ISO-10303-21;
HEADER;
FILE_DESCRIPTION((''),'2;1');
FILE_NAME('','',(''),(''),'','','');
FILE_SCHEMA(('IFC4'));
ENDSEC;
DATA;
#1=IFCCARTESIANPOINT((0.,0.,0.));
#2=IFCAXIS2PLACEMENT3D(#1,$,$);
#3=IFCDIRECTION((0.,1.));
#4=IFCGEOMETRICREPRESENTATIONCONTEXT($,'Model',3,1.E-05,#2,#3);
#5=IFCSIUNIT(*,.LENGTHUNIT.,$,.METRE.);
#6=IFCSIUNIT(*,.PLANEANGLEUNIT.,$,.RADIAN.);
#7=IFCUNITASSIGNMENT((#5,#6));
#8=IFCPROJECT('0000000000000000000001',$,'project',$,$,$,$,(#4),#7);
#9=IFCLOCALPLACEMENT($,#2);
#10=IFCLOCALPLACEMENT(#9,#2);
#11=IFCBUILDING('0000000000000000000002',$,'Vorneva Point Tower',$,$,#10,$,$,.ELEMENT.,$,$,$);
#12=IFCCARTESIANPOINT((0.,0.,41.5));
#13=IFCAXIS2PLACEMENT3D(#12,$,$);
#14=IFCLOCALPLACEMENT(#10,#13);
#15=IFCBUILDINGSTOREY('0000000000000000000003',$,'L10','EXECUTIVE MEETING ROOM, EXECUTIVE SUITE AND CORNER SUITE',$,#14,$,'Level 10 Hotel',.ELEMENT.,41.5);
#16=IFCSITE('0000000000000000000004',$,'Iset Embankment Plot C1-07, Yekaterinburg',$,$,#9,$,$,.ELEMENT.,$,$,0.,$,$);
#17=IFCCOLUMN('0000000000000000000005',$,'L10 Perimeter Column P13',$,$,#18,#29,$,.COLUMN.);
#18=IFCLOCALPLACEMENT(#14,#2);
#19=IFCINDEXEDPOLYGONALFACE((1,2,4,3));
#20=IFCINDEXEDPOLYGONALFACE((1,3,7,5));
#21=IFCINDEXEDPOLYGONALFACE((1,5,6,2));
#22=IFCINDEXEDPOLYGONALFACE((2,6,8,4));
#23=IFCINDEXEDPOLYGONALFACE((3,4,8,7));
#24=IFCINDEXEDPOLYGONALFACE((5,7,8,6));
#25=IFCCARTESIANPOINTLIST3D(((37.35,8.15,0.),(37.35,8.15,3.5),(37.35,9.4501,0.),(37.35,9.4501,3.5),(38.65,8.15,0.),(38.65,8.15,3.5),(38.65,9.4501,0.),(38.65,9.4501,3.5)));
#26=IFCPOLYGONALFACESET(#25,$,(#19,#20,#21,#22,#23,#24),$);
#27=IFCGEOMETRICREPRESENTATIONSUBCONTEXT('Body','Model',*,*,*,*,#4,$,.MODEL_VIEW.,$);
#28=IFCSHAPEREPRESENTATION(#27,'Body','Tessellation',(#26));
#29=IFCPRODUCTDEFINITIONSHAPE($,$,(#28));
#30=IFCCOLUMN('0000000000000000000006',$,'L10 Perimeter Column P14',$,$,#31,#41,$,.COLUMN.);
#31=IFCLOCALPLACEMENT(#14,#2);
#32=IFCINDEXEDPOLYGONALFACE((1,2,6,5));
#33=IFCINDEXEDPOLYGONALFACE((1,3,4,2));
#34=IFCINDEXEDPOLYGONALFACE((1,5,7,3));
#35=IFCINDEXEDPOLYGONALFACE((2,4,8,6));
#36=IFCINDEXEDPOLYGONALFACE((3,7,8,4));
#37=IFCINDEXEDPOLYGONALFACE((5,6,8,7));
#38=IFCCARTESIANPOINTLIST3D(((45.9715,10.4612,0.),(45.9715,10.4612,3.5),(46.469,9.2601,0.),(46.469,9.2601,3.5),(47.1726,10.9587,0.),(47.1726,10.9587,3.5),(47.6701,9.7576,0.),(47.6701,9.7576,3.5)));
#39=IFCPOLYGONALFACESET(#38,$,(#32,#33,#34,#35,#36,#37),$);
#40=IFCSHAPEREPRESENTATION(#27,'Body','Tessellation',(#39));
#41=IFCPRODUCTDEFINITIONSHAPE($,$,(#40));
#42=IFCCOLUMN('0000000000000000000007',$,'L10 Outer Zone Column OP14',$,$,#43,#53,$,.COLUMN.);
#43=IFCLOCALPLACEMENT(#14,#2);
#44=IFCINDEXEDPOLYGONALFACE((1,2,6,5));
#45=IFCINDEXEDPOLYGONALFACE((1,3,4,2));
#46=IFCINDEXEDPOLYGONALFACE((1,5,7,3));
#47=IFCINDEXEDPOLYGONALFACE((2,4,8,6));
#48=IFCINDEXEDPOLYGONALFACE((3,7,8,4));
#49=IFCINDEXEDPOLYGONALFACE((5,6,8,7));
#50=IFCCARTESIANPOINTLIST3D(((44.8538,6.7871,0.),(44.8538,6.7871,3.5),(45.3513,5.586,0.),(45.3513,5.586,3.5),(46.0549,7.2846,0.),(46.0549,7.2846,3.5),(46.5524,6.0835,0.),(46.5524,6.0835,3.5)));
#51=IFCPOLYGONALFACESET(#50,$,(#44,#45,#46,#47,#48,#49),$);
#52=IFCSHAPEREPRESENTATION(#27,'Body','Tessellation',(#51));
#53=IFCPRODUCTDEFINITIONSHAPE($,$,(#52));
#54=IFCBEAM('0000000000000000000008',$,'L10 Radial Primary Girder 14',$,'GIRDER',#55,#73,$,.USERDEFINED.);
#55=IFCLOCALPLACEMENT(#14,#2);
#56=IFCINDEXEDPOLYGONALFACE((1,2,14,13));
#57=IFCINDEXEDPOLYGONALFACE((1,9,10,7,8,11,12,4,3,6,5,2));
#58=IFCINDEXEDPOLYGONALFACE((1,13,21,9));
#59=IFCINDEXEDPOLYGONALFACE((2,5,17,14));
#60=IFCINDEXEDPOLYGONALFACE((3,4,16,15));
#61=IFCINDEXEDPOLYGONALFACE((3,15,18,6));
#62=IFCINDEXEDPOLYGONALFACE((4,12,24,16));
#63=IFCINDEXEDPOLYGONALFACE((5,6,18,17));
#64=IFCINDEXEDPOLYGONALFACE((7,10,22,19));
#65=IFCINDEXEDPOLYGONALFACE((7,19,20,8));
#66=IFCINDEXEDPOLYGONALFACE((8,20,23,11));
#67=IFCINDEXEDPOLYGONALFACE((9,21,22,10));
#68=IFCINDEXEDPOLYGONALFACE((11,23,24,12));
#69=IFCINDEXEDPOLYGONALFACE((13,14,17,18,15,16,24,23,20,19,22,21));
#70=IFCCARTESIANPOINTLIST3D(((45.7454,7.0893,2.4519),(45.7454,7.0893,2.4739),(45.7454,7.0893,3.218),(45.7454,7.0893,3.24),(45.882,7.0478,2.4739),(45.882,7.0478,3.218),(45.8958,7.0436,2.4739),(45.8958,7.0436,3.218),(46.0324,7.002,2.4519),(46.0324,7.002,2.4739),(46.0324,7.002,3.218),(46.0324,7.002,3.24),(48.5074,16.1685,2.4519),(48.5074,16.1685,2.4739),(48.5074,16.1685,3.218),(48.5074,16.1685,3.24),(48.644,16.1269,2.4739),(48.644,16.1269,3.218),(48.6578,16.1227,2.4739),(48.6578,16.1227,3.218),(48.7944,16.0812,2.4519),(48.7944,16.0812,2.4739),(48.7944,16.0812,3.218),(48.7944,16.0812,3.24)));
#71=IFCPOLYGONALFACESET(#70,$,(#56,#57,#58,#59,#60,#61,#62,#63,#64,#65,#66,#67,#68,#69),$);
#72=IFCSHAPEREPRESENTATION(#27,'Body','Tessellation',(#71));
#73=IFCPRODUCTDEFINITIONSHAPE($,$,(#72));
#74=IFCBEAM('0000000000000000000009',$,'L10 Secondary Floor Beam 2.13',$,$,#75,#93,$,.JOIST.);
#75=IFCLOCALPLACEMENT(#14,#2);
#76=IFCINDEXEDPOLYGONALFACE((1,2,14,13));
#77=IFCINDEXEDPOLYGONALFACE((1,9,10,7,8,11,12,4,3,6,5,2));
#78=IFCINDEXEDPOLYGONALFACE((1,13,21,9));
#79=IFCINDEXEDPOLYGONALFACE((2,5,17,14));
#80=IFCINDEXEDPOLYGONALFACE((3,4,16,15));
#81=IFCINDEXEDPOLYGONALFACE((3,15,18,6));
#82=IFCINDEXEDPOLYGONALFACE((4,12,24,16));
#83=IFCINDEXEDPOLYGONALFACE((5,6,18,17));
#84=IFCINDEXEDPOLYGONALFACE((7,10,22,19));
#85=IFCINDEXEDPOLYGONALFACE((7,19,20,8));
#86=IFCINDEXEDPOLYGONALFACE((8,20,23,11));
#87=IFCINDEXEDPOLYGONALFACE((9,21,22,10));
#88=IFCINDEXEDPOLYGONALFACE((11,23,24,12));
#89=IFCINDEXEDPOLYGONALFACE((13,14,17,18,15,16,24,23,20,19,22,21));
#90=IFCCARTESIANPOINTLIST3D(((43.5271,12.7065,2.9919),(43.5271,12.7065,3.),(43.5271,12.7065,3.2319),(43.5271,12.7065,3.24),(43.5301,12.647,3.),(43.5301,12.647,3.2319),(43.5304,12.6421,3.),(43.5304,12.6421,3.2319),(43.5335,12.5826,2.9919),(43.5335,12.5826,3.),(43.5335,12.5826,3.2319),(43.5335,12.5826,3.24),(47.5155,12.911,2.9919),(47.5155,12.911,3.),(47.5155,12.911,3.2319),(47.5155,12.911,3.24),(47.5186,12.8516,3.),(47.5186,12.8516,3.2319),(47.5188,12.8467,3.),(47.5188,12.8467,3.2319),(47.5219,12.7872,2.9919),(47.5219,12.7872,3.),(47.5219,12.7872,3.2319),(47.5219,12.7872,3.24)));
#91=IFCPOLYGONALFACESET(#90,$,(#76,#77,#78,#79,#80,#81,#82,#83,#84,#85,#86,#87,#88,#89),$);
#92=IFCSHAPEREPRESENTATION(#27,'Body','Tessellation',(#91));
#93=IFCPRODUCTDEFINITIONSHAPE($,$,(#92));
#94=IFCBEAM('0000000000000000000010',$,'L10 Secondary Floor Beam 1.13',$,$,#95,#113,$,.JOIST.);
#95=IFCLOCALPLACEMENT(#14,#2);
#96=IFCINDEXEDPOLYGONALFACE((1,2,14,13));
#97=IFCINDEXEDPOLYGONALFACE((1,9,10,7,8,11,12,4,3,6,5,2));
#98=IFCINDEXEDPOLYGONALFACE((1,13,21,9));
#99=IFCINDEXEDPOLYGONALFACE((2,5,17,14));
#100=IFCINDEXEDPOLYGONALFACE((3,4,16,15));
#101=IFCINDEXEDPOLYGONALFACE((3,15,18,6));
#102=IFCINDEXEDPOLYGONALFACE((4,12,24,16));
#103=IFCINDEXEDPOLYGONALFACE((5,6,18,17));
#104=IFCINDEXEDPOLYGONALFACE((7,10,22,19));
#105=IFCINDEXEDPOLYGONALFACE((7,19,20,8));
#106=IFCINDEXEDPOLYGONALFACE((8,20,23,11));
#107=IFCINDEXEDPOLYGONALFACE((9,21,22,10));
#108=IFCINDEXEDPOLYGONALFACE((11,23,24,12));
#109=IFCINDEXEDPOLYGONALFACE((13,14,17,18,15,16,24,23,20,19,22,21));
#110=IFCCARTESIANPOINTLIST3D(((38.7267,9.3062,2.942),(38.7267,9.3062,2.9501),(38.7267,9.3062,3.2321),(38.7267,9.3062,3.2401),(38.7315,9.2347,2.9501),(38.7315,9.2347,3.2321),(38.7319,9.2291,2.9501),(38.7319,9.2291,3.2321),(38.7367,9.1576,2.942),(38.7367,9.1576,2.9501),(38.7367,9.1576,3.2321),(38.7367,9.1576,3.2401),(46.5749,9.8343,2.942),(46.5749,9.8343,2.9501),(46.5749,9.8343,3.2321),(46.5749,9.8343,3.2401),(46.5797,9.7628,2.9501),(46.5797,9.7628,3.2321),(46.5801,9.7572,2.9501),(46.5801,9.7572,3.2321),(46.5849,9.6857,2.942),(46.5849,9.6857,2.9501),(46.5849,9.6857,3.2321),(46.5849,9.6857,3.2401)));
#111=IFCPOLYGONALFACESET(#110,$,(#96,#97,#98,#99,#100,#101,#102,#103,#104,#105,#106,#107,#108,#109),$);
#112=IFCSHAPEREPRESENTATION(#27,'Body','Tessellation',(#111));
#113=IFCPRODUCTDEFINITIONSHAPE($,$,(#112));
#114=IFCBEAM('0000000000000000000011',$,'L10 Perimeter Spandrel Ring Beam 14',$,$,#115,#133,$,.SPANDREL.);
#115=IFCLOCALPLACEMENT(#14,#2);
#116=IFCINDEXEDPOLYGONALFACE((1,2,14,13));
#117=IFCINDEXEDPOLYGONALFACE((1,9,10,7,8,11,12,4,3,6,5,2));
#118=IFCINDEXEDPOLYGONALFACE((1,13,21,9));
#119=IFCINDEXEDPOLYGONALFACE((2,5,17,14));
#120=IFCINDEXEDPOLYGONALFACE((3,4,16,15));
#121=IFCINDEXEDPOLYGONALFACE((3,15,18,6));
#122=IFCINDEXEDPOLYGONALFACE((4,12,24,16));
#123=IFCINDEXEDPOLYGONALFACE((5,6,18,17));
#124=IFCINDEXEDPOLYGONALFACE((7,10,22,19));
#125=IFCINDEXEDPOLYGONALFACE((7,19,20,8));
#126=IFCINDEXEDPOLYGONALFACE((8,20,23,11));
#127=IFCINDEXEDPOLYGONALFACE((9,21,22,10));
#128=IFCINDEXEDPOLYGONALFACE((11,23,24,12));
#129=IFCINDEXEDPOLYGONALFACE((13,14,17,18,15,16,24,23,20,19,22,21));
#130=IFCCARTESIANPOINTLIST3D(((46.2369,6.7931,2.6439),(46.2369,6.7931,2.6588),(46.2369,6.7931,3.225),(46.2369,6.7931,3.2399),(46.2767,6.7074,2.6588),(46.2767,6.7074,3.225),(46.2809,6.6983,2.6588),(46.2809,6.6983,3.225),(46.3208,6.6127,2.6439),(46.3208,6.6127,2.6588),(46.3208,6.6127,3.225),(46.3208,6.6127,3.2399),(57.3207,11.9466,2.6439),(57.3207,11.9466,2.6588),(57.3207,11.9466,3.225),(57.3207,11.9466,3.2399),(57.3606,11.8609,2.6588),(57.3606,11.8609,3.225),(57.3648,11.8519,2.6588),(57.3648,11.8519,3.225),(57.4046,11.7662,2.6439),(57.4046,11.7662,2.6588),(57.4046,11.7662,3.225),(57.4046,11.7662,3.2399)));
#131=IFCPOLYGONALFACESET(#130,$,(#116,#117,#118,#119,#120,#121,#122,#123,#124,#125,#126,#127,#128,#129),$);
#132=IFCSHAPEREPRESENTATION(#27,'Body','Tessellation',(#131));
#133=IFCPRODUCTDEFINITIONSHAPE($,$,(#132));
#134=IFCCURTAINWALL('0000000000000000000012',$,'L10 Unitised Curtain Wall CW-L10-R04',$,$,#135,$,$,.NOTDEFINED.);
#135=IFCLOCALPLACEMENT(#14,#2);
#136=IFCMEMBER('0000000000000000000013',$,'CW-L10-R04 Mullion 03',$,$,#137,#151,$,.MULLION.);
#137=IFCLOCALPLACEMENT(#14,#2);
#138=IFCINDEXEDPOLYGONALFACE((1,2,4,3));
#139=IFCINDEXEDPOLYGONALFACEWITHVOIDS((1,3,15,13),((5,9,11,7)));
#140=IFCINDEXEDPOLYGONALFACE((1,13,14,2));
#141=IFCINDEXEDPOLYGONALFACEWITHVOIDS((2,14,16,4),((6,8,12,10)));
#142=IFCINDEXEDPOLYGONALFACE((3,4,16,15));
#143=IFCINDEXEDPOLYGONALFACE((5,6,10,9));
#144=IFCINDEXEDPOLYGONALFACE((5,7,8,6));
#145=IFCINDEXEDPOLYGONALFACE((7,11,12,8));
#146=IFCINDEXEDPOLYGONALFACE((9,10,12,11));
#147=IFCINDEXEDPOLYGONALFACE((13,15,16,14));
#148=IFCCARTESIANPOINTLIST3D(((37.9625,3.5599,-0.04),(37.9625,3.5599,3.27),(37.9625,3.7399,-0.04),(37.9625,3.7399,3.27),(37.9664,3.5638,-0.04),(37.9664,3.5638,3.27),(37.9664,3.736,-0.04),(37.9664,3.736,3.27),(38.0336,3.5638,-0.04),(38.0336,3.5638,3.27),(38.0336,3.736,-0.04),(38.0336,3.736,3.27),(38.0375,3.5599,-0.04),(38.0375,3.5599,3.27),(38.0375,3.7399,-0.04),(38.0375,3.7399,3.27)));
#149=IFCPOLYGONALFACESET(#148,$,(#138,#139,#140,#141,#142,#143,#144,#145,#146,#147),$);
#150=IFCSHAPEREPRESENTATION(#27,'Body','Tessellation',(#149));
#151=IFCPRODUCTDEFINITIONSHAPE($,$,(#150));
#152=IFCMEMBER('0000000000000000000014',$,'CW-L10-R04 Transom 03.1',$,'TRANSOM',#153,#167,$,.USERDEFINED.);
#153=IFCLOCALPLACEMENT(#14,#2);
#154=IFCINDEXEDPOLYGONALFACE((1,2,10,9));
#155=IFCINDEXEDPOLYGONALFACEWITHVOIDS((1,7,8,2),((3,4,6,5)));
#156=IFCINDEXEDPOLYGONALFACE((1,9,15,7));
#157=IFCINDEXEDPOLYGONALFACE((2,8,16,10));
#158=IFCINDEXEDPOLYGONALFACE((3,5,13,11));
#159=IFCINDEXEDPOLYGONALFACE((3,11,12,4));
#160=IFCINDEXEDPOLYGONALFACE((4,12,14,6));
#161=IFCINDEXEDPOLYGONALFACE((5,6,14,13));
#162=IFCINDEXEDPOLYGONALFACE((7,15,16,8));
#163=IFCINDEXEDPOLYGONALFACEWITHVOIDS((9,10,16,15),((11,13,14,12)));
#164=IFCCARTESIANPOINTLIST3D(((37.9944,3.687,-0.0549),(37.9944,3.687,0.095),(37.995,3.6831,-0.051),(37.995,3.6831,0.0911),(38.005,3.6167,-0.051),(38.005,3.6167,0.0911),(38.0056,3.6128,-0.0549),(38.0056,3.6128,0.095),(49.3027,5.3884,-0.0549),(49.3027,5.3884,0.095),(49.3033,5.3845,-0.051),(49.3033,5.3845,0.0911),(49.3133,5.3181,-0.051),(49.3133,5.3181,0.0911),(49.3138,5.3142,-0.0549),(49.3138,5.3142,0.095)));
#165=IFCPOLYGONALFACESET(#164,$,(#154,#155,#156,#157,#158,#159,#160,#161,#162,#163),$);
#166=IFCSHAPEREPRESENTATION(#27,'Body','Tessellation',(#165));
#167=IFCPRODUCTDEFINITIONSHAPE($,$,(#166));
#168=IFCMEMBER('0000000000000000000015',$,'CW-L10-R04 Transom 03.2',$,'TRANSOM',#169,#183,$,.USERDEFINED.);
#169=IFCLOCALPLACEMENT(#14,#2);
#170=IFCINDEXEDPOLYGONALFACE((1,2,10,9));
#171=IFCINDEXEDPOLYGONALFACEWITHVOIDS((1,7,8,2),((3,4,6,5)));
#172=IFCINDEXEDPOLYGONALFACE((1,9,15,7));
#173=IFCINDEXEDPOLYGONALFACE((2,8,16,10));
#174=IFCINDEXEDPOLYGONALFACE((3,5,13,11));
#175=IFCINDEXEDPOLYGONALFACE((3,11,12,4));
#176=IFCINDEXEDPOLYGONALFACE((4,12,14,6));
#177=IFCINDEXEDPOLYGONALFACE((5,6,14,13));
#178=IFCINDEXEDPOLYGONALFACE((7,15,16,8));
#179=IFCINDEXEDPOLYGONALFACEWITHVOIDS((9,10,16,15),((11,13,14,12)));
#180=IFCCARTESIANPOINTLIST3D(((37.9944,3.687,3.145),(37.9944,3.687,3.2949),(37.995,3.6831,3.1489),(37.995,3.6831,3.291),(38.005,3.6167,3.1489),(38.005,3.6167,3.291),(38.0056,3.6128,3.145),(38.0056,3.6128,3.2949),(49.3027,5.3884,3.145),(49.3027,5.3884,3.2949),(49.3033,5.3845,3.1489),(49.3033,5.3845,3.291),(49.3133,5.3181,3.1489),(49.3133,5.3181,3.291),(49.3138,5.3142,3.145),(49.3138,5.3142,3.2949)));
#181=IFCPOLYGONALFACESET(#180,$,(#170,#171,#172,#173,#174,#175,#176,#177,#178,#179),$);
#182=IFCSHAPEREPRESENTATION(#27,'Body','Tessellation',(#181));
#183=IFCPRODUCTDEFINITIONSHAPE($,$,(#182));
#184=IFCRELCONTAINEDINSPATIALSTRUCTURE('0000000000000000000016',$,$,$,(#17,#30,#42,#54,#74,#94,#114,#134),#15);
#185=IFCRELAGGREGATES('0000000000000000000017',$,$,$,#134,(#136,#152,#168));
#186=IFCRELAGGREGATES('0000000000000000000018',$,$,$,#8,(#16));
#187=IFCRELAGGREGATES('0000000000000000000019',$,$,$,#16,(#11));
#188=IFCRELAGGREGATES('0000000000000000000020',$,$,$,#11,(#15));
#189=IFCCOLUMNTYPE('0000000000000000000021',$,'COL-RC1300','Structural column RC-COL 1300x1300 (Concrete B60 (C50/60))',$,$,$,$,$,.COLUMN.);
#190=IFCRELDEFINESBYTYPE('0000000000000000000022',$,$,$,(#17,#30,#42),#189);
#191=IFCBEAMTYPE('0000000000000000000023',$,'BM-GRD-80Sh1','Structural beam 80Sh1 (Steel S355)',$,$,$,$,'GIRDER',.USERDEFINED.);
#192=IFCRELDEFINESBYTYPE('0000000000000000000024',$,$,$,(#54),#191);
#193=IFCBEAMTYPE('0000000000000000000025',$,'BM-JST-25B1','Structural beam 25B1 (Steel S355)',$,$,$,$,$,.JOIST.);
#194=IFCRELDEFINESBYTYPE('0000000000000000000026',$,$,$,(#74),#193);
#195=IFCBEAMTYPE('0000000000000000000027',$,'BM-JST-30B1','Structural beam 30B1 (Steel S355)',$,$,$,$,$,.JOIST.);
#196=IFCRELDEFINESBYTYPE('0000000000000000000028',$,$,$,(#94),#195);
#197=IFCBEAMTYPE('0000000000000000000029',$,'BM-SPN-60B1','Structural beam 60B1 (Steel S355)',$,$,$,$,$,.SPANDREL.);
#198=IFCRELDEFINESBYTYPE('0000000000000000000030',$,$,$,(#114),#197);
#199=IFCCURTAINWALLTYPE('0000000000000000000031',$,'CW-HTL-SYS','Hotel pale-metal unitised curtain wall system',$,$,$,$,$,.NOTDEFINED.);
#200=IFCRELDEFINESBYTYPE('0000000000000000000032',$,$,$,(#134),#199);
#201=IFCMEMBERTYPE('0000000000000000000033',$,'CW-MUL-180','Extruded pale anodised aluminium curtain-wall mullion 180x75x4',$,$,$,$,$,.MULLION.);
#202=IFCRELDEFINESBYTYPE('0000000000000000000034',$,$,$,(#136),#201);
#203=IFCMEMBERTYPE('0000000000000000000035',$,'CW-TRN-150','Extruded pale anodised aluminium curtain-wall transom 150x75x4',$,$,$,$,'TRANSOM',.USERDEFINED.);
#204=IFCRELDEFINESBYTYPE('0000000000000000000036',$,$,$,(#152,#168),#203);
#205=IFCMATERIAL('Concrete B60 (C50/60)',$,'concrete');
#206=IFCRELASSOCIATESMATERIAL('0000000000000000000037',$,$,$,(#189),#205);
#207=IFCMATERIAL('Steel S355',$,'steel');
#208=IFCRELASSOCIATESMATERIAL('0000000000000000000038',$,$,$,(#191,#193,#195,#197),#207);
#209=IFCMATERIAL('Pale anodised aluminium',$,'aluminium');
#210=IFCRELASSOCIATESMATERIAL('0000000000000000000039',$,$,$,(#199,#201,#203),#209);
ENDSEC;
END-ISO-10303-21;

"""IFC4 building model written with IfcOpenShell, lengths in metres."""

from ifc_helpers import new_model, si_unit, direction, frame, origin, origin_2d, place, context, subcontext, project, spatial, rectangle, hollow_rectangle, i_section, extrude, material, material_profile, profile_set, type_object, element, aggregate, save


model = new_model("IFC4")

# Units and contexts
model_context = context("Model", 3, precision=1e-05, world=origin(), true_north=direction((0.0, 1.0)))
body_context = subcontext(model_context, "Body", "Model", "MODEL_VIEW")
ifc_project = project(units=[si_unit("LENGTHUNIT", "METRE"), si_unit("PLANEANGLEUNIT", "RADIAN")], contexts=[model_context])

# Site, building, storey
site_placement = place(None, origin())
site = spatial("IfcSite", under=ifc_project, at=site_placement, Name="Iset Embankment Plot C1-07, Yekaterinburg", CompositionType="ELEMENT", RefElevation=0.0)
building_placement = place(site_placement, origin())
building = spatial("IfcBuilding", under=site, at=building_placement, Name="Vorneva Point Tower", CompositionType="ELEMENT")
storey_placement = place(building_placement, frame((0.0, 0.0, 41.5)))
storey = spatial("IfcBuildingStorey", under=building, at=storey_placement, Name="L10", Description="EXECUTIVE MEETING ROOM, EXECUTIVE SUITE AND CORNER SUITE", LongName="Level 10 Hotel", CompositionType="ELEMENT", Elevation=41.5)

# Columns
ifc_material_1 = material(Name="Concrete B60 (C50/60)", Category="concrete")
ifc_material_profile_1 = material_profile(ifc_material_1, rectangle(XDim=1.3, YDim=1.3, at=origin_2d()), Name="RC-COL 1300x1300")
ifc_profile_set_1 = profile_set([ifc_material_profile_1], Name="Concrete B60 (C50/60)")
column_type = type_object("IfcColumnType", Name="COL-RC1300", Description="Structural column RC-COL 1300x1300 (Concrete B60 (C50/60))", PredefinedType="COLUMN", material=ifc_profile_set_1)
for number, where, z_axis, x_axis, name in (
    (1, (38.0, 8.8, 0.0), (0.0, 0.0, 1.0), (0.0, -1.0, 0.0), "L10 Perimeter Column P13"),
    (2, (46.8208, 10.1094, 0.0), (0.0, 0.0, 1.0), (0.382683, -0.92388, 0.0), "L10 Perimeter Column P14"),
    (3, (45.7031, 6.4353, 0.0), (0.0, 0.0, 1.0), (0.382683, -0.92388, 0.0), "L10 Outer Zone Column OP14"),
):
    element("IfcColumn", number, at=place(storey_placement, frame(where, z_axis=z_axis, x_axis=x_axis)), inside=storey, type_object=column_type, Name=name, PredefinedType="COLUMN", context=body_context, shape_type="SweptSolid", body=[
        extrude(rectangle(XDim=1.3, YDim=1.3, at=origin_2d()), origin(), (0.0, 0.0, 1.0), 3.5),
    ])

# Beams
ifc_material_2 = material(Name="Steel S355", Category="steel")
ifc_material_profile_2 = material_profile(ifc_material_2, i_section(OverallWidth=0.3, OverallDepth=0.7881, WebThickness=0.0144, FlangeThickness=0.022, at=origin_2d()), Name="80Sh1")
ifc_profile_set_2 = profile_set([ifc_material_profile_2], Name="Steel S355")
beam_type_1 = type_object("IfcBeamType", Name="BM-GRD-80Sh1", Description="Structural beam 80Sh1 (Steel S355)", ElementType="GIRDER", PredefinedType="USERDEFINED", material=ifc_profile_set_2)
beam_1_placement = place(storey_placement, frame((45.8889, 7.0457, 2.8459), z_axis=(0.291042, 0.95671, 0.0), x_axis=(-0.95671, 0.291042, 0.0)))
element("IfcBeam", 4, at=beam_1_placement, inside=storey, type_object=beam_type_1, Name="L10 Radial Primary Girder 14", ObjectType="GIRDER", PredefinedType="USERDEFINED", context=body_context, shape_type="SweptSolid", body=[
    extrude(i_section(OverallWidth=0.3, OverallDepth=0.7881, WebThickness=0.0144, FlangeThickness=0.022, at=origin_2d()), origin(), (0.0, 0.0, 1.0), 9.49),
])
ifc_material_profile_3 = material_profile(ifc_material_2, i_section(OverallWidth=0.124, OverallDepth=0.248, WebThickness=0.0049, FlangeThickness=0.0081, at=origin_2d()), Name="25B1")
ifc_profile_set_3 = profile_set([ifc_material_profile_3], Name="Steel S355")
beam_type_2 = type_object("IfcBeamType", Name="BM-JST-25B1", Description="Structural beam 25B1 (Steel S355)", PredefinedType="JOIST", material=ifc_profile_set_3)
beam_2_placement = place(storey_placement, frame((43.5303, 12.6445, 3.116), z_axis=(0.998687, 0.051227, 0.0), x_axis=(-0.051227, 0.998687, 0.0)))
element("IfcBeam", 5, at=beam_2_placement, inside=storey, type_object=beam_type_2, Name="L10 Secondary Floor Beam 2.13", PredefinedType="JOIST", context=body_context, shape_type="SweptSolid", body=[
    extrude(i_section(OverallWidth=0.124, OverallDepth=0.248, WebThickness=0.0049, FlangeThickness=0.0081, at=origin_2d()), origin(), (0.0, 0.0, 1.0), 3.9937),
])
ifc_material_profile_4 = material_profile(ifc_material_2, i_section(OverallWidth=0.1489, OverallDepth=0.2981, WebThickness=0.0056, FlangeThickness=0.0081, at=origin_2d()), Name="30B1")
ifc_profile_set_4 = profile_set([ifc_material_profile_4], Name="Steel S355")
beam_type_3 = type_object("IfcBeamType", Name="BM-JST-30B1", Description="Structural beam 30B1 (Steel S355)", PredefinedType="JOIST", material=ifc_profile_set_4)
beam_3_placement = place(storey_placement, frame((38.7317, 9.2319, 3.0911), z_axis=(0.997744, 0.067135, 0.0), x_axis=(-0.067135, 0.997744, 0.0)))
element("IfcBeam", 6, at=beam_3_placement, inside=storey, type_object=beam_type_3, Name="L10 Secondary Floor Beam 1.13", PredefinedType="JOIST", context=body_context, shape_type="SweptSolid", body=[
    extrude(i_section(OverallWidth=0.1489, OverallDepth=0.2981, WebThickness=0.0056, FlangeThickness=0.0081, at=origin_2d()), origin(), (0.0, 0.0, 1.0), 7.866),
])
ifc_material_profile_5 = material_profile(ifc_material_2, i_section(OverallWidth=0.199, OverallDepth=0.5959, WebThickness=0.01, FlangeThickness=0.0149, at=origin_2d()), Name="60B1")
ifc_profile_set_5 = profile_set([ifc_material_profile_5], Name="Steel S355")
beam_type_4 = type_object("IfcBeamType", Name="BM-SPN-60B1", Description="Structural beam 60B1 (Steel S355)", PredefinedType="SPANDREL", material=ifc_profile_set_5)
beam_4_placement = place(storey_placement, frame((46.2788, 6.7029, 2.9419), z_axis=(0.906777, 0.421611, 0.0), x_axis=(-0.421611, 0.906777, 0.0)))
element("IfcBeam", 7, at=beam_4_placement, inside=storey, type_object=beam_type_4, Name="L10 Perimeter Spandrel Ring Beam 14", PredefinedType="SPANDREL", context=body_context, shape_type="SweptSolid", body=[
    extrude(i_section(OverallWidth=0.199, OverallDepth=0.5959, WebThickness=0.01, FlangeThickness=0.0149, at=origin_2d()), origin(), (0.0, 0.0, 1.0), 12.2234),
])

# Curtain wall, members
ifc_material_3 = material(Name="Pale anodised aluminium", Category="aluminium")
curtain_wall_type = type_object("IfcCurtainWallType", Name="CW-HTL-SYS", Description="Hotel pale-metal unitised curtain wall system", PredefinedType="NOTDEFINED", material=ifc_material_3)
curtain_wall_placement = place(storey_placement, origin())
curtain_wall = element("IfcCurtainWall", 8, at=curtain_wall_placement, inside=storey, type_object=curtain_wall_type, Name="L10 Unitised Curtain Wall CW-L10-R04", PredefinedType="NOTDEFINED")
ifc_material_profile_6 = material_profile(ifc_material_3, hollow_rectangle(XDim=0.075, YDim=0.1799, WallThickness=0.0039, at=origin_2d()), Name="AL-MUL 180x75x4")
ifc_profile_set_6 = profile_set([ifc_material_profile_6], Name="Pale anodised aluminium")
member_type_1 = type_object("IfcMemberType", Name="CW-MUL-180", Description="Extruded pale anodised aluminium curtain-wall mullion 180x75x4", PredefinedType="MULLION", material=ifc_profile_set_6)
member_1_placement = place(storey_placement, frame((38.0, 3.6499, -0.04), z_axis=(0.0, 0.0, 1.0), x_axis=(1.0, 0.0, 0.0)))
member_1 = element("IfcMember", 9, at=member_1_placement, type_object=member_type_1, Name="CW-L10-R04 Mullion 03", PredefinedType="MULLION", context=body_context, shape_type="SweptSolid", body=[
    extrude(hollow_rectangle(XDim=0.075, YDim=0.1799, WallThickness=0.0039, at=origin_2d()), origin(), (0.0, 0.0, 1.0), 3.3101),
])
ifc_material_profile_7 = material_profile(ifc_material_3, hollow_rectangle(XDim=0.075, YDim=0.1499, WallThickness=0.0039, at=origin_2d()), Name="AL-TRN 150x75x4")
ifc_profile_set_7 = profile_set([ifc_material_profile_7], Name="Pale anodised aluminium")
member_type_2 = type_object("IfcMemberType", Name="CW-TRN-150", Description="Extruded pale anodised aluminium curtain-wall transom 150x75x4", ElementType="TRANSOM", PredefinedType="USERDEFINED", material=ifc_profile_set_7)
member_2_placement = place(storey_placement, frame((38.0, 3.6499, 0.02), z_axis=(0.98887, 0.148782, 0.0), x_axis=(-0.148782, 0.98887, 0.0)))
member_2 = element("IfcMember", 10, at=member_2_placement, type_object=member_type_2, Name="CW-L10-R04 Transom 03.1", ObjectType="TRANSOM", PredefinedType="USERDEFINED", context=body_context, shape_type="SweptSolid", body=[
    extrude(hollow_rectangle(XDim=0.075, YDim=0.1499, WallThickness=0.0039, at=origin_2d()), origin(), (0.0, 0.0, 1.0), 11.4355),
])
member_3_placement = place(storey_placement, frame((38.0, 3.6499, 3.22), z_axis=(0.98887, 0.148782, 0.0), x_axis=(-0.148782, 0.98887, 0.0)))
member_3 = element("IfcMember", 11, at=member_3_placement, type_object=member_type_2, Name="CW-L10-R04 Transom 03.2", ObjectType="TRANSOM", PredefinedType="USERDEFINED", context=body_context, shape_type="SweptSolid", body=[
    extrude(hollow_rectangle(XDim=0.075, YDim=0.1499, WallThickness=0.0039, at=origin_2d()), origin(), (0.0, 0.0, 1.0), 11.4355),
])
aggregate(curtain_wall, [member_1, member_2, member_3])

save(model, "model.ifc")
